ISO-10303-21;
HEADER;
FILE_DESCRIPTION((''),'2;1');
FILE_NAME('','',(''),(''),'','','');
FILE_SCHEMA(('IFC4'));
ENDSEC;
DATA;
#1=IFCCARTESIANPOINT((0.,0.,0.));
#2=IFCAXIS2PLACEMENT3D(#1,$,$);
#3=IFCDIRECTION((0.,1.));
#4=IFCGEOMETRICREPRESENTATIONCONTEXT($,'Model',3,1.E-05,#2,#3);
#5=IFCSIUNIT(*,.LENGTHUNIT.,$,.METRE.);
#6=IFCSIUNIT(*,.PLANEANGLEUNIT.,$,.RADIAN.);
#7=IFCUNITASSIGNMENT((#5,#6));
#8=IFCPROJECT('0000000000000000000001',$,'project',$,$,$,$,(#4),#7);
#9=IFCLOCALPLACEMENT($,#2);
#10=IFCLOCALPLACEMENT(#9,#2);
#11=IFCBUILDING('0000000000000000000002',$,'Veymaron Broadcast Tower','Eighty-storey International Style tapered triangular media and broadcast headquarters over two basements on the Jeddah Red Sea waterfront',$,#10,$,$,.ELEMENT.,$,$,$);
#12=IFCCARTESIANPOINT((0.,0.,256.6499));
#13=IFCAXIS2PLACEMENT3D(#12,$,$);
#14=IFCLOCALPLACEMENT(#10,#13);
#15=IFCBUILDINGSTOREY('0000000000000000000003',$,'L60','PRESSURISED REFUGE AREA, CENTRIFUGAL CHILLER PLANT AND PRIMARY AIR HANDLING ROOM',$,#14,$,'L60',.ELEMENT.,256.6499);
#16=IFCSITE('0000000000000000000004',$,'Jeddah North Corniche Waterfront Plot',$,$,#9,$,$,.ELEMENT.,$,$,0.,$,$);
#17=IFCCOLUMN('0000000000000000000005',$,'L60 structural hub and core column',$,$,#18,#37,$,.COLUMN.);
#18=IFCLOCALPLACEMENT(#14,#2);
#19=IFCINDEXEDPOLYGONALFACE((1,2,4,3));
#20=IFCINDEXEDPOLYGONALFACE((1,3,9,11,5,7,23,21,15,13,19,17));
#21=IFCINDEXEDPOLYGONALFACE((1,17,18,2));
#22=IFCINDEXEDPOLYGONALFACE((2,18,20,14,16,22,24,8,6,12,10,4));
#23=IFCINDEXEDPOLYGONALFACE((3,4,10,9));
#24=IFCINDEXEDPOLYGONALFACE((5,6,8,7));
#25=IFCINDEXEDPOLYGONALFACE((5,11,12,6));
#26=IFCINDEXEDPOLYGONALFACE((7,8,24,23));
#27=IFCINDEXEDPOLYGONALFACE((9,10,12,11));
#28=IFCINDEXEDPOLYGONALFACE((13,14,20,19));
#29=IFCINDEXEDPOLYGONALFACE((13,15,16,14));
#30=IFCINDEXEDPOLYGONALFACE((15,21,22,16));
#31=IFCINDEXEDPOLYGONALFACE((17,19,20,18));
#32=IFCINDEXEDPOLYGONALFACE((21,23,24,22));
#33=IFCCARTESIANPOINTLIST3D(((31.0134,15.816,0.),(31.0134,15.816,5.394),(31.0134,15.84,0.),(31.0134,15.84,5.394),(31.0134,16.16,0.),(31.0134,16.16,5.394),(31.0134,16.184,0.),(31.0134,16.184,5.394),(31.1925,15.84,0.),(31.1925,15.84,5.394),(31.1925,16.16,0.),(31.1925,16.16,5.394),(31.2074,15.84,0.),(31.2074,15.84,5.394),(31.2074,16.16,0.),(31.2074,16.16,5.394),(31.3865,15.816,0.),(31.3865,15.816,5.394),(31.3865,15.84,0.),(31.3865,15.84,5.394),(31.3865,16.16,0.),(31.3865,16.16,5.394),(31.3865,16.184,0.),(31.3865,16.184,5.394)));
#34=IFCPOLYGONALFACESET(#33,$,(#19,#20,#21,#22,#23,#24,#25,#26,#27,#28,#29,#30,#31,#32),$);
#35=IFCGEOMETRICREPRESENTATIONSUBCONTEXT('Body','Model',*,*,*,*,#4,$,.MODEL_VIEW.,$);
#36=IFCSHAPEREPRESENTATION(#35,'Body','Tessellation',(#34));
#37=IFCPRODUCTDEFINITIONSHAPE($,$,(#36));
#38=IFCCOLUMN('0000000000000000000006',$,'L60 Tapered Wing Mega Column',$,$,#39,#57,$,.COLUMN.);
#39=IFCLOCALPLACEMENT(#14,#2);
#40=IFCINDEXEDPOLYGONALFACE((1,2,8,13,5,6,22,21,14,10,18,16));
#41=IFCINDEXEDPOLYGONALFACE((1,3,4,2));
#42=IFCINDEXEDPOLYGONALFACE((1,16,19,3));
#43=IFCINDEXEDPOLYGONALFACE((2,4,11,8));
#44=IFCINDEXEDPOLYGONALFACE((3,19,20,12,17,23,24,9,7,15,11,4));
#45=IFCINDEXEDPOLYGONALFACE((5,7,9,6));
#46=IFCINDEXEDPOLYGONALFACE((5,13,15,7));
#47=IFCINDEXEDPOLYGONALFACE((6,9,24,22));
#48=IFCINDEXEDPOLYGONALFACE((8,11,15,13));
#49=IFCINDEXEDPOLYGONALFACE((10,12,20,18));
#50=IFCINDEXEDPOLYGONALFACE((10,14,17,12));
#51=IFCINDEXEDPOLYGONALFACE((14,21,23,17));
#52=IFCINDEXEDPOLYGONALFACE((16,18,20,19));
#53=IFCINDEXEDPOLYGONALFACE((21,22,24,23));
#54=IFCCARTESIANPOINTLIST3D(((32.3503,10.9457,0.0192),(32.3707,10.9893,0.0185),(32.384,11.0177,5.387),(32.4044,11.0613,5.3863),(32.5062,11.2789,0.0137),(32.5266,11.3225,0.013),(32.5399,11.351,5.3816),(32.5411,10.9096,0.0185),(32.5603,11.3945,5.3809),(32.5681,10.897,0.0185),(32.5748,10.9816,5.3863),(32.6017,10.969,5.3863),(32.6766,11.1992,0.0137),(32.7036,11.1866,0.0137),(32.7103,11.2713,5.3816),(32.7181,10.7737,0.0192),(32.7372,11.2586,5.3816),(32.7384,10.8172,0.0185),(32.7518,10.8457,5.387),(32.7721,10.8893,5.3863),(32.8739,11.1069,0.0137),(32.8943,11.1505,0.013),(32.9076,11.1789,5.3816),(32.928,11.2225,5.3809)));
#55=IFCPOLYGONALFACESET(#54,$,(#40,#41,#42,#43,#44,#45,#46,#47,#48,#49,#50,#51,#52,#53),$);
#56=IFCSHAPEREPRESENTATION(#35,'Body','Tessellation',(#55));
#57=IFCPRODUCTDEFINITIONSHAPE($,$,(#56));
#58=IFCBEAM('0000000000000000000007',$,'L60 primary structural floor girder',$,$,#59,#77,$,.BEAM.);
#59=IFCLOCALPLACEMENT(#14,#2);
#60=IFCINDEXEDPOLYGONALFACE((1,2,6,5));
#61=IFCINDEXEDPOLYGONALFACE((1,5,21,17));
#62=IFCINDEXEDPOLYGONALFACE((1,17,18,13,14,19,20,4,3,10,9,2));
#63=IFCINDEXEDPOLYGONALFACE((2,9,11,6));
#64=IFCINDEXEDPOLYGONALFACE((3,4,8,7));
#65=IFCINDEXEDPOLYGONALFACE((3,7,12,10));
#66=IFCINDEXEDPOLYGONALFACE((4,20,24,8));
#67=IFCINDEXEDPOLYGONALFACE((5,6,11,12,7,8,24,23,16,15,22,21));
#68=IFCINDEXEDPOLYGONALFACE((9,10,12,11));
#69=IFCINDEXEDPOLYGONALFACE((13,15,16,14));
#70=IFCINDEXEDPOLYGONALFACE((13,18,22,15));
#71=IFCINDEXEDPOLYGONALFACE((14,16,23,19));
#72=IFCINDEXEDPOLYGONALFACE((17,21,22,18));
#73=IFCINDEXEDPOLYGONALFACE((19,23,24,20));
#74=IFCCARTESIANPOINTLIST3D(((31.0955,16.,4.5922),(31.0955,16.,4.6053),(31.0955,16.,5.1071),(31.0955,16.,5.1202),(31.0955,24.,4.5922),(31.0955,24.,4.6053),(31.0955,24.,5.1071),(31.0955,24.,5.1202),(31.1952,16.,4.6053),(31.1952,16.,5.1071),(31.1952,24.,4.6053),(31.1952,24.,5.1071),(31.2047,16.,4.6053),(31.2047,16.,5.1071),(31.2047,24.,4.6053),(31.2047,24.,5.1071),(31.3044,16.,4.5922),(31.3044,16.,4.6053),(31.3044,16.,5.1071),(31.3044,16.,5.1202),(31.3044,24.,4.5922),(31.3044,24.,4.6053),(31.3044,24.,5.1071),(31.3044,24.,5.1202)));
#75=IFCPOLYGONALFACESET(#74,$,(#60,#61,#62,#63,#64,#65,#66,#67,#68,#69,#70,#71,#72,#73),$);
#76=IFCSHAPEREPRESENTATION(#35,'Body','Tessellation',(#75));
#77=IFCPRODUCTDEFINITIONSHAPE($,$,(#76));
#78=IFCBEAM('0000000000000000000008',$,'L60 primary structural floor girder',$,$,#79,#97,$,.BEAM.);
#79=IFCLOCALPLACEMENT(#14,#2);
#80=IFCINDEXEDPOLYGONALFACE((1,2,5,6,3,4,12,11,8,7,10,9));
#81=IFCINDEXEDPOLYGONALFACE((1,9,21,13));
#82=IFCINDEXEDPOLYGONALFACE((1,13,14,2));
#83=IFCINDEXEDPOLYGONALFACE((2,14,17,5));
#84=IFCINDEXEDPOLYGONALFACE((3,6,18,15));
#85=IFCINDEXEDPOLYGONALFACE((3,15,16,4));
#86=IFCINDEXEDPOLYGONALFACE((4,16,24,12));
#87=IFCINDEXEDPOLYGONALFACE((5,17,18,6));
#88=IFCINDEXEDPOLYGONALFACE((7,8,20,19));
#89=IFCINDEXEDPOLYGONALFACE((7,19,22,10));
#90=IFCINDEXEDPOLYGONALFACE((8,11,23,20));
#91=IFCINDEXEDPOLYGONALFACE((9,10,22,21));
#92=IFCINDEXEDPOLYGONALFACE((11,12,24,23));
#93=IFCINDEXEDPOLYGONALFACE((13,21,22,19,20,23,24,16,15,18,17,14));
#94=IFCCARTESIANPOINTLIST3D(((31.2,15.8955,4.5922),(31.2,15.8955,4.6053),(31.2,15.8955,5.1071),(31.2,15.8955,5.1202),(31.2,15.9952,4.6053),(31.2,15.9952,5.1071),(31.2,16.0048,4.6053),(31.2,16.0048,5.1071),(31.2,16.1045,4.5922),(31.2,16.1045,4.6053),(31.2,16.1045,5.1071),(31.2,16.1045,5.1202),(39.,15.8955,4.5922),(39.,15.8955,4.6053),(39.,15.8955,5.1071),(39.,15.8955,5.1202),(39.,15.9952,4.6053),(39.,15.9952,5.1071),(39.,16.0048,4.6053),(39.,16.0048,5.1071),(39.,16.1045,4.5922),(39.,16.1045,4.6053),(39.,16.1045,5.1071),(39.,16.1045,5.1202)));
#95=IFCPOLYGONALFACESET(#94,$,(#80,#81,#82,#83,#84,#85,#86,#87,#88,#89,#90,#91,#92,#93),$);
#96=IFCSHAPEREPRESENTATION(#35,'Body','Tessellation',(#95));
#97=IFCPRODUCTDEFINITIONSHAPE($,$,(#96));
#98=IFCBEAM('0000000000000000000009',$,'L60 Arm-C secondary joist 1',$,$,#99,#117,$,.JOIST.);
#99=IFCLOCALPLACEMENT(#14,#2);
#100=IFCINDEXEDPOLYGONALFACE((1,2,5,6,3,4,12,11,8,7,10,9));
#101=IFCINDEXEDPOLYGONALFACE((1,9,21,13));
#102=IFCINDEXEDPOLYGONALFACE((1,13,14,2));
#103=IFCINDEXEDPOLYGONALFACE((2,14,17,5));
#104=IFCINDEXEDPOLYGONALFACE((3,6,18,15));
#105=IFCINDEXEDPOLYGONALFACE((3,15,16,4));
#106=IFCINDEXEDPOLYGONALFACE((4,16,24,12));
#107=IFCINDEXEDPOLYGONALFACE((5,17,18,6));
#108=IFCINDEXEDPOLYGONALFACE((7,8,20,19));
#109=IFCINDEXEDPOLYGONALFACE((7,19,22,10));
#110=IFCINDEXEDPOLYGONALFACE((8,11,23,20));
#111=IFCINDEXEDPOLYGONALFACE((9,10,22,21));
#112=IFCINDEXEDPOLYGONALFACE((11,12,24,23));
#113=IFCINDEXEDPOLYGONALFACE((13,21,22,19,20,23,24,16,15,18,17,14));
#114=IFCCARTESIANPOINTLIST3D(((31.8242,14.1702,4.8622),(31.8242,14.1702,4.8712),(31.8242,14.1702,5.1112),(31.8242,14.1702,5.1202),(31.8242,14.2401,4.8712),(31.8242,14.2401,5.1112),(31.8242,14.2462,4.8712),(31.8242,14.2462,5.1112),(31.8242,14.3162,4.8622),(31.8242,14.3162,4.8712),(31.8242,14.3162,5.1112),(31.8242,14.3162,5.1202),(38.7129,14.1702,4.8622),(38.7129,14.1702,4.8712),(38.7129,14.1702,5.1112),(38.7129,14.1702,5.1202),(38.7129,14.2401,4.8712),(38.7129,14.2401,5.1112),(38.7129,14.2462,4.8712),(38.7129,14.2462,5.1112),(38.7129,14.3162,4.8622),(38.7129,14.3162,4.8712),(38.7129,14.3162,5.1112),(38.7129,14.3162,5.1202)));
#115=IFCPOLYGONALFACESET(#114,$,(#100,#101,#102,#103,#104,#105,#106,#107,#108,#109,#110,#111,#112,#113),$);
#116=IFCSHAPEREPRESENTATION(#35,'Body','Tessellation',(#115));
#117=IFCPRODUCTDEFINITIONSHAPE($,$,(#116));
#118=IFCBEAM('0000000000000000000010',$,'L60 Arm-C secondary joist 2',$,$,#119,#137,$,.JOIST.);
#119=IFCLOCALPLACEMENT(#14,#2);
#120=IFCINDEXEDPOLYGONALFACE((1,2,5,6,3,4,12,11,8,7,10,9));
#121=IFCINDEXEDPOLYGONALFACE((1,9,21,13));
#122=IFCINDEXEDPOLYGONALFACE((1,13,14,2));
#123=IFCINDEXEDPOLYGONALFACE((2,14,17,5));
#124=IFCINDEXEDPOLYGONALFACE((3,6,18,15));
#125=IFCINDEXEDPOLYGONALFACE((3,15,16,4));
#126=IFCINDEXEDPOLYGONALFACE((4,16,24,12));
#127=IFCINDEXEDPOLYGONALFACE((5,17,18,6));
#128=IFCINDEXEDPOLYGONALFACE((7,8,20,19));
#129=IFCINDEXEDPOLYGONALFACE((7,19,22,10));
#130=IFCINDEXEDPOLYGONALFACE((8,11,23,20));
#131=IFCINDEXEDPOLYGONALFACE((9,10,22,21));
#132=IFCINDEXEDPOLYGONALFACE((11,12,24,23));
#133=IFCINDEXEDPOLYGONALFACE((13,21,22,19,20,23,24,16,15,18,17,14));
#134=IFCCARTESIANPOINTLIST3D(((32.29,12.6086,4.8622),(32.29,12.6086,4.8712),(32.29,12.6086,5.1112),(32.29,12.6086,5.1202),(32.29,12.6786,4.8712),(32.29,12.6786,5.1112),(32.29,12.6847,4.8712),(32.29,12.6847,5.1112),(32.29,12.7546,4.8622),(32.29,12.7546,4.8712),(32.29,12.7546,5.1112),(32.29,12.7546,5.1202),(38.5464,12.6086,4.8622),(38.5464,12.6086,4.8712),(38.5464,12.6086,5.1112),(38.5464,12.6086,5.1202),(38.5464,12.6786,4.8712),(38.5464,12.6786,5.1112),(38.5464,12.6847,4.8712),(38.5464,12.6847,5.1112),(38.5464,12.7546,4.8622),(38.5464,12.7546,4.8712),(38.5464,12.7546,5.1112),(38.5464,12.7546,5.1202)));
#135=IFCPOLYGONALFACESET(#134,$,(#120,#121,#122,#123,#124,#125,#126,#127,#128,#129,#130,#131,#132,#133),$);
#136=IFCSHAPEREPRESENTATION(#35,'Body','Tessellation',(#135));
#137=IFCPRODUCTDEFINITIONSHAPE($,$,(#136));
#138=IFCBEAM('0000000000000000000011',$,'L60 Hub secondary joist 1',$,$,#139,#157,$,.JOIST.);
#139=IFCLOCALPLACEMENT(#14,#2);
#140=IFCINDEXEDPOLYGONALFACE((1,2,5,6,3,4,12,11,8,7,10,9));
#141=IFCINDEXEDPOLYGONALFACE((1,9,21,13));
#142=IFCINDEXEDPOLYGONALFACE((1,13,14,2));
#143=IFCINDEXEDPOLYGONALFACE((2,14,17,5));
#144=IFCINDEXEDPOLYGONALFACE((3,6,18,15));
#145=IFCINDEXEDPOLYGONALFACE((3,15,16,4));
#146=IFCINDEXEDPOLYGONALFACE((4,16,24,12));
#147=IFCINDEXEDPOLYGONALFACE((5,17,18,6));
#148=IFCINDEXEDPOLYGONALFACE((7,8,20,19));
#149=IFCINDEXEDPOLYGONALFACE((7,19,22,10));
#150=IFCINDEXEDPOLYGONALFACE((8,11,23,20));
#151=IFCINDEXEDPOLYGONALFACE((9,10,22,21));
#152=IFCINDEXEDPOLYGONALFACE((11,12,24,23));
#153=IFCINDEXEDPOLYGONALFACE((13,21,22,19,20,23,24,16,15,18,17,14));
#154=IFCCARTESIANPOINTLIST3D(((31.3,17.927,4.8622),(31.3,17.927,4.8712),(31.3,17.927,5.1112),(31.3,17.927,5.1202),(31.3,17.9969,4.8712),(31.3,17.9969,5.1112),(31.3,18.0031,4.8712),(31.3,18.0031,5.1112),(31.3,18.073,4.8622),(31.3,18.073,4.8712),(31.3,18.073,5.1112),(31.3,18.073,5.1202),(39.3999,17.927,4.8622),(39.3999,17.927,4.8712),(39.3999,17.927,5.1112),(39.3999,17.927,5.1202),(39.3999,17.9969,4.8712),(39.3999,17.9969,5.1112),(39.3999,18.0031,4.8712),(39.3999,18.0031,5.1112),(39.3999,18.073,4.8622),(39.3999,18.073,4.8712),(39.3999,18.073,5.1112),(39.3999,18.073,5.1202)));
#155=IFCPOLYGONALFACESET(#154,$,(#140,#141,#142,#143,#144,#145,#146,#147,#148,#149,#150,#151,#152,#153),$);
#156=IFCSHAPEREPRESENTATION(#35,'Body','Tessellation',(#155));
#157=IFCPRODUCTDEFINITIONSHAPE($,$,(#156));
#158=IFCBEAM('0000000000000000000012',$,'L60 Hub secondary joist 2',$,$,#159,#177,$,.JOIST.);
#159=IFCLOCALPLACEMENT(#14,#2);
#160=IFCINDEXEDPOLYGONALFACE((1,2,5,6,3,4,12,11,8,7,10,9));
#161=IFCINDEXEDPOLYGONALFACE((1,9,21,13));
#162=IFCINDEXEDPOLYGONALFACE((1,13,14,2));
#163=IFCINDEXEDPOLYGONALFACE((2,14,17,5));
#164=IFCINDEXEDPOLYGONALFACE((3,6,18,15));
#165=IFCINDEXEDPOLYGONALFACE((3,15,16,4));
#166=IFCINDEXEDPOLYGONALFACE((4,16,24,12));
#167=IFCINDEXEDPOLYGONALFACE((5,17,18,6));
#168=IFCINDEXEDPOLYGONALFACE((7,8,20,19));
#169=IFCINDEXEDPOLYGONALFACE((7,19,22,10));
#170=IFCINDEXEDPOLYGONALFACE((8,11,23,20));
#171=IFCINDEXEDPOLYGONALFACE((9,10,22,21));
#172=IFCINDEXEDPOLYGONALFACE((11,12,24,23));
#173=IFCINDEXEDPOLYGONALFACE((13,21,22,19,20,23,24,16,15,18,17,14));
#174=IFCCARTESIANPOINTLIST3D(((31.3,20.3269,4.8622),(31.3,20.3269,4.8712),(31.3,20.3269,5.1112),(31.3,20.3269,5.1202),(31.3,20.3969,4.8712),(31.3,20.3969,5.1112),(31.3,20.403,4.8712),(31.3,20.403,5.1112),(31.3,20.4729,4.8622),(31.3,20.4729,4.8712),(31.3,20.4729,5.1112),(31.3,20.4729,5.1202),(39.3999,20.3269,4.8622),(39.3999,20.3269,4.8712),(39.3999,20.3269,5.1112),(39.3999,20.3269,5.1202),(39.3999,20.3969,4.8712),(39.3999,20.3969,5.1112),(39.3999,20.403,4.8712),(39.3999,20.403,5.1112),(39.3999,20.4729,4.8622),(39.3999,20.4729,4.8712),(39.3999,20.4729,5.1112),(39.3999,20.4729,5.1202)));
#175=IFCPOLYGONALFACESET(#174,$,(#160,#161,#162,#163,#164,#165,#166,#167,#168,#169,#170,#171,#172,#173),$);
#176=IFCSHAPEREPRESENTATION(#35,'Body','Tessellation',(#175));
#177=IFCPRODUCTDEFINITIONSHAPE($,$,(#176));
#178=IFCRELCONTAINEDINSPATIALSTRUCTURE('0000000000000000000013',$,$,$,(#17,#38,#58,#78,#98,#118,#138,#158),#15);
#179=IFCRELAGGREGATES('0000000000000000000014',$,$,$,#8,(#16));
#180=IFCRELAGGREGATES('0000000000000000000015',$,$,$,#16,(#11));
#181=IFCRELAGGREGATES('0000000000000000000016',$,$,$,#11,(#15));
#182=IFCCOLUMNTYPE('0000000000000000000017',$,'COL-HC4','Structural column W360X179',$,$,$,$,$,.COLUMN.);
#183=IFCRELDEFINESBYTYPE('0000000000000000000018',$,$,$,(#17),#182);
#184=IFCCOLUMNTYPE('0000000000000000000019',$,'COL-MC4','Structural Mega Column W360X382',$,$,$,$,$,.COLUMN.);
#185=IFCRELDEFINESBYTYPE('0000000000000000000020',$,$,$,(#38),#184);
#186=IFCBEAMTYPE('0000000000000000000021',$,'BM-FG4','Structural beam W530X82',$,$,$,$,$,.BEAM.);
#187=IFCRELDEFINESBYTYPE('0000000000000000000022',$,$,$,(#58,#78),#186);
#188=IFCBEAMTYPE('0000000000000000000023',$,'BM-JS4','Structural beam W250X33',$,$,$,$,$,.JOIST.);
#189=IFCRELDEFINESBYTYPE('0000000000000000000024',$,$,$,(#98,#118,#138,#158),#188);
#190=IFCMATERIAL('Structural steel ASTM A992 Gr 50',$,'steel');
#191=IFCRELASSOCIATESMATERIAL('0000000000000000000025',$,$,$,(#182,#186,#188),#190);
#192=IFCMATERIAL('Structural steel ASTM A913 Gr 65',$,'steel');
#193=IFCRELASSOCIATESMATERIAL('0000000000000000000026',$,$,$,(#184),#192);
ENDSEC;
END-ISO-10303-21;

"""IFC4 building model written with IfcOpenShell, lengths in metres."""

from ifc_helpers import new_model, si_unit, direction, frame, origin, origin_2d, place, context, subcontext, project, spatial, i_section, extrude, material, material_profile, profile_set, type_object, element, save


model = new_model("IFC4")

# Units and contexts
model_context = context("Model", 3, precision=1e-05, world=origin(), true_north=direction((0.0, 1.0)))
body_context = subcontext(model_context, "Body", "Model", "MODEL_VIEW")
ifc_project = project(units=[si_unit("LENGTHUNIT", "METRE"), si_unit("PLANEANGLEUNIT", "RADIAN")], contexts=[model_context])

# Site, building, storey
site_placement = place(None, origin())
site = spatial("IfcSite", under=ifc_project, at=site_placement, Name="Jeddah North Corniche Waterfront Plot", CompositionType="ELEMENT", RefElevation=0.0)
building_placement = place(site_placement, origin())
building = spatial("IfcBuilding", under=site, at=building_placement, Name="Veymaron Broadcast Tower", Description="Eighty-storey International Style tapered triangular media and broadcast headquarters over two basements on the Jeddah Red Sea waterfront", CompositionType="ELEMENT")
storey_placement = place(building_placement, frame((0.0, 0.0, 256.6499)))
storey = spatial("IfcBuildingStorey", under=building, at=storey_placement, Name="L60", Description="PRESSURISED REFUGE AREA, CENTRIFUGAL CHILLER PLANT AND PRIMARY AIR HANDLING ROOM", LongName="L60", CompositionType="ELEMENT", Elevation=256.6499)

# Columns
ifc_material_1 = material(Name="Structural steel ASTM A992 Gr 50", Category="steel")
ifc_material_profile_1 = material_profile(ifc_material_1, i_section(OverallWidth=0.373, OverallDepth=0.3679, WebThickness=0.0149, FlangeThickness=0.0239, at=origin_2d()), Name="W360X179")
ifc_profile_set_1 = profile_set([ifc_material_profile_1], Name="Structural steel ASTM A992 Gr 50")
column_type_1 = type_object("IfcColumnType", Name="COL-HC4", Description="Structural column W360X179", PredefinedType="COLUMN", material=ifc_profile_set_1)
column_1_placement = place(storey_placement, frame((31.2, 16.0, 0.0), z_axis=(0.0, 0.0, 1.0), x_axis=(1.0, 0.0, 0.0)))
element("IfcColumn", 1, at=column_1_placement, inside=storey, type_object=column_type_1, Name="L60 structural hub and core column", PredefinedType="COLUMN", context=body_context, shape_type="SweptSolid", body=[
    extrude(i_section(OverallWidth=0.373, OverallDepth=0.3679, WebThickness=0.0149, FlangeThickness=0.0239, at=origin_2d()), origin(), (0.0, 0.0, 1.0), 5.394),
])
ifc_material_2 = material(Name="Structural steel ASTM A913 Gr 65", Category="steel")
ifc_material_profile_2 = material_profile(ifc_material_2, i_section(OverallWidth=0.406, OverallDepth=0.416, WebThickness=0.0298, FlangeThickness=0.0481, at=origin_2d()), Name="W360X382")
ifc_profile_set_2 = profile_set([ifc_material_profile_2], Name="Structural steel ASTM A913 Gr 65")
column_type_2 = type_object("IfcColumnType", Name="COL-MC4", Description="Structural Mega Column W360X382", PredefinedType="COLUMN", material=ifc_profile_set_2)
column_2_placement = place(storey_placement, frame((32.6223, 11.0481, 0.0161), z_axis=(0.006276, 0.013416, 0.99989), x_axis=(-0.905791, 0.423726, 0.0)))
element("IfcColumn", 2, at=column_2_placement, inside=storey, type_object=column_type_2, Name="L60 Tapered Wing Mega Column", PredefinedType="COLUMN", context=body_context, shape_type="SweptSolid", body=[
    extrude(i_section(OverallWidth=0.406, OverallDepth=0.416, WebThickness=0.0298, FlangeThickness=0.0481, at=origin_2d()), origin(), (0.0, 0.0, 1.0), 5.3684),
])

# Beams
ifc_material_profile_3 = material_profile(ifc_material_1, i_section(OverallWidth=0.209, OverallDepth=0.5281, WebThickness=0.0095, FlangeThickness=0.0132, at=origin_2d()), Name="W530X82")
ifc_profile_set_3 = profile_set([ifc_material_profile_3], Name="Structural steel ASTM A992 Gr 50")
beam_type_1 = type_object("IfcBeamType", Name="BM-FG4", Description="Structural beam W530X82", PredefinedType="BEAM", material=ifc_profile_set_3)
beam_1_placement = place(storey_placement, frame((31.2, 16.0, 4.8562), z_axis=(0.0, 1.0, 0.0), x_axis=(-1.0, 0.0, 0.0)))
element("IfcBeam", 3, at=beam_1_placement, inside=storey, type_object=beam_type_1, Name="L60 primary structural floor girder", PredefinedType="BEAM", context=body_context, shape_type="SweptSolid", body=[
    extrude(i_section(OverallWidth=0.209, OverallDepth=0.5281, WebThickness=0.0095, FlangeThickness=0.0132, at=origin_2d()), origin(), (0.0, 0.0, 1.0), 8.0),
])
beam_2_placement = place(storey_placement, frame((31.2, 16.0, 4.8562), z_axis=(1.0, 0.0, 0.0), x_axis=(0.0, 1.0, 0.0)))
element("IfcBeam", 4, at=beam_2_placement, inside=storey, type_object=beam_type_1, Name="L60 primary structural floor girder", PredefinedType="BEAM", context=body_context, shape_type="SweptSolid", body=[
    extrude(i_section(OverallWidth=0.209, OverallDepth=0.5281, WebThickness=0.0095, FlangeThickness=0.0132, at=origin_2d()), origin(), (0.0, 0.0, 1.0), 7.8),
])
ifc_material_profile_4 = material_profile(ifc_material_1, i_section(OverallWidth=0.146, OverallDepth=0.2581, WebThickness=0.0061, FlangeThickness=0.009, at=origin_2d()), Name="W250X33")
ifc_profile_set_4 = profile_set([ifc_material_profile_4], Name="Structural steel ASTM A992 Gr 50")
beam_type_2 = type_object("IfcBeamType", Name="BM-JS4", Description="Structural beam W250X33", PredefinedType="JOIST", material=ifc_profile_set_4)
beam_3_placement = place(storey_placement, frame((31.8242, 14.2432, 4.9912), z_axis=(1.0, 0.0, 0.0), x_axis=(0.0, 1.0, 0.0)))
element("IfcBeam", 5, at=beam_3_placement, inside=storey, type_object=beam_type_2, Name="L60 Arm-C secondary joist 1", PredefinedType="JOIST", context=body_context, shape_type="SweptSolid", body=[
    extrude(i_section(OverallWidth=0.146, OverallDepth=0.2581, WebThickness=0.0061, FlangeThickness=0.009, at=origin_2d()), origin(), (0.0, 0.0, 1.0), 6.8887),
])
beam_4_placement = place(storey_placement, frame((32.29, 12.6816, 4.9912), z_axis=(1.0, 0.0, 0.0), x_axis=(0.0, 1.0, 0.0)))
element("IfcBeam", 6, at=beam_4_placement, inside=storey, type_object=beam_type_2, Name="L60 Arm-C secondary joist 2", PredefinedType="JOIST", context=body_context, shape_type="SweptSolid", body=[
    extrude(i_section(OverallWidth=0.146, OverallDepth=0.2581, WebThickness=0.0061, FlangeThickness=0.009, at=origin_2d()), origin(), (0.0, 0.0, 1.0), 6.2563),
])
for number, where, z_axis, x_axis, name in (
    (7, (31.3, 18.0, 4.9912), (1.0, 0.0, 0.0), (0.0, 1.0, 0.0), "L60 Hub secondary joist 1"),
    (8, (31.3, 20.3999, 4.9912), (1.0, 0.0, 0.0), (0.0, 1.0, 0.0), "L60 Hub secondary joist 2"),
):
    element("IfcBeam", number, at=place(storey_placement, frame(where, z_axis=z_axis, x_axis=x_axis)), inside=storey, type_object=beam_type_2, Name=name, PredefinedType="JOIST", context=body_context, shape_type="SweptSolid", body=[
        extrude(i_section(OverallWidth=0.146, OverallDepth=0.2581, WebThickness=0.0061, FlangeThickness=0.009, at=origin_2d()), origin(), (0.0, 0.0, 1.0), 8.0999),
    ])

save(model, "model.ifc")
